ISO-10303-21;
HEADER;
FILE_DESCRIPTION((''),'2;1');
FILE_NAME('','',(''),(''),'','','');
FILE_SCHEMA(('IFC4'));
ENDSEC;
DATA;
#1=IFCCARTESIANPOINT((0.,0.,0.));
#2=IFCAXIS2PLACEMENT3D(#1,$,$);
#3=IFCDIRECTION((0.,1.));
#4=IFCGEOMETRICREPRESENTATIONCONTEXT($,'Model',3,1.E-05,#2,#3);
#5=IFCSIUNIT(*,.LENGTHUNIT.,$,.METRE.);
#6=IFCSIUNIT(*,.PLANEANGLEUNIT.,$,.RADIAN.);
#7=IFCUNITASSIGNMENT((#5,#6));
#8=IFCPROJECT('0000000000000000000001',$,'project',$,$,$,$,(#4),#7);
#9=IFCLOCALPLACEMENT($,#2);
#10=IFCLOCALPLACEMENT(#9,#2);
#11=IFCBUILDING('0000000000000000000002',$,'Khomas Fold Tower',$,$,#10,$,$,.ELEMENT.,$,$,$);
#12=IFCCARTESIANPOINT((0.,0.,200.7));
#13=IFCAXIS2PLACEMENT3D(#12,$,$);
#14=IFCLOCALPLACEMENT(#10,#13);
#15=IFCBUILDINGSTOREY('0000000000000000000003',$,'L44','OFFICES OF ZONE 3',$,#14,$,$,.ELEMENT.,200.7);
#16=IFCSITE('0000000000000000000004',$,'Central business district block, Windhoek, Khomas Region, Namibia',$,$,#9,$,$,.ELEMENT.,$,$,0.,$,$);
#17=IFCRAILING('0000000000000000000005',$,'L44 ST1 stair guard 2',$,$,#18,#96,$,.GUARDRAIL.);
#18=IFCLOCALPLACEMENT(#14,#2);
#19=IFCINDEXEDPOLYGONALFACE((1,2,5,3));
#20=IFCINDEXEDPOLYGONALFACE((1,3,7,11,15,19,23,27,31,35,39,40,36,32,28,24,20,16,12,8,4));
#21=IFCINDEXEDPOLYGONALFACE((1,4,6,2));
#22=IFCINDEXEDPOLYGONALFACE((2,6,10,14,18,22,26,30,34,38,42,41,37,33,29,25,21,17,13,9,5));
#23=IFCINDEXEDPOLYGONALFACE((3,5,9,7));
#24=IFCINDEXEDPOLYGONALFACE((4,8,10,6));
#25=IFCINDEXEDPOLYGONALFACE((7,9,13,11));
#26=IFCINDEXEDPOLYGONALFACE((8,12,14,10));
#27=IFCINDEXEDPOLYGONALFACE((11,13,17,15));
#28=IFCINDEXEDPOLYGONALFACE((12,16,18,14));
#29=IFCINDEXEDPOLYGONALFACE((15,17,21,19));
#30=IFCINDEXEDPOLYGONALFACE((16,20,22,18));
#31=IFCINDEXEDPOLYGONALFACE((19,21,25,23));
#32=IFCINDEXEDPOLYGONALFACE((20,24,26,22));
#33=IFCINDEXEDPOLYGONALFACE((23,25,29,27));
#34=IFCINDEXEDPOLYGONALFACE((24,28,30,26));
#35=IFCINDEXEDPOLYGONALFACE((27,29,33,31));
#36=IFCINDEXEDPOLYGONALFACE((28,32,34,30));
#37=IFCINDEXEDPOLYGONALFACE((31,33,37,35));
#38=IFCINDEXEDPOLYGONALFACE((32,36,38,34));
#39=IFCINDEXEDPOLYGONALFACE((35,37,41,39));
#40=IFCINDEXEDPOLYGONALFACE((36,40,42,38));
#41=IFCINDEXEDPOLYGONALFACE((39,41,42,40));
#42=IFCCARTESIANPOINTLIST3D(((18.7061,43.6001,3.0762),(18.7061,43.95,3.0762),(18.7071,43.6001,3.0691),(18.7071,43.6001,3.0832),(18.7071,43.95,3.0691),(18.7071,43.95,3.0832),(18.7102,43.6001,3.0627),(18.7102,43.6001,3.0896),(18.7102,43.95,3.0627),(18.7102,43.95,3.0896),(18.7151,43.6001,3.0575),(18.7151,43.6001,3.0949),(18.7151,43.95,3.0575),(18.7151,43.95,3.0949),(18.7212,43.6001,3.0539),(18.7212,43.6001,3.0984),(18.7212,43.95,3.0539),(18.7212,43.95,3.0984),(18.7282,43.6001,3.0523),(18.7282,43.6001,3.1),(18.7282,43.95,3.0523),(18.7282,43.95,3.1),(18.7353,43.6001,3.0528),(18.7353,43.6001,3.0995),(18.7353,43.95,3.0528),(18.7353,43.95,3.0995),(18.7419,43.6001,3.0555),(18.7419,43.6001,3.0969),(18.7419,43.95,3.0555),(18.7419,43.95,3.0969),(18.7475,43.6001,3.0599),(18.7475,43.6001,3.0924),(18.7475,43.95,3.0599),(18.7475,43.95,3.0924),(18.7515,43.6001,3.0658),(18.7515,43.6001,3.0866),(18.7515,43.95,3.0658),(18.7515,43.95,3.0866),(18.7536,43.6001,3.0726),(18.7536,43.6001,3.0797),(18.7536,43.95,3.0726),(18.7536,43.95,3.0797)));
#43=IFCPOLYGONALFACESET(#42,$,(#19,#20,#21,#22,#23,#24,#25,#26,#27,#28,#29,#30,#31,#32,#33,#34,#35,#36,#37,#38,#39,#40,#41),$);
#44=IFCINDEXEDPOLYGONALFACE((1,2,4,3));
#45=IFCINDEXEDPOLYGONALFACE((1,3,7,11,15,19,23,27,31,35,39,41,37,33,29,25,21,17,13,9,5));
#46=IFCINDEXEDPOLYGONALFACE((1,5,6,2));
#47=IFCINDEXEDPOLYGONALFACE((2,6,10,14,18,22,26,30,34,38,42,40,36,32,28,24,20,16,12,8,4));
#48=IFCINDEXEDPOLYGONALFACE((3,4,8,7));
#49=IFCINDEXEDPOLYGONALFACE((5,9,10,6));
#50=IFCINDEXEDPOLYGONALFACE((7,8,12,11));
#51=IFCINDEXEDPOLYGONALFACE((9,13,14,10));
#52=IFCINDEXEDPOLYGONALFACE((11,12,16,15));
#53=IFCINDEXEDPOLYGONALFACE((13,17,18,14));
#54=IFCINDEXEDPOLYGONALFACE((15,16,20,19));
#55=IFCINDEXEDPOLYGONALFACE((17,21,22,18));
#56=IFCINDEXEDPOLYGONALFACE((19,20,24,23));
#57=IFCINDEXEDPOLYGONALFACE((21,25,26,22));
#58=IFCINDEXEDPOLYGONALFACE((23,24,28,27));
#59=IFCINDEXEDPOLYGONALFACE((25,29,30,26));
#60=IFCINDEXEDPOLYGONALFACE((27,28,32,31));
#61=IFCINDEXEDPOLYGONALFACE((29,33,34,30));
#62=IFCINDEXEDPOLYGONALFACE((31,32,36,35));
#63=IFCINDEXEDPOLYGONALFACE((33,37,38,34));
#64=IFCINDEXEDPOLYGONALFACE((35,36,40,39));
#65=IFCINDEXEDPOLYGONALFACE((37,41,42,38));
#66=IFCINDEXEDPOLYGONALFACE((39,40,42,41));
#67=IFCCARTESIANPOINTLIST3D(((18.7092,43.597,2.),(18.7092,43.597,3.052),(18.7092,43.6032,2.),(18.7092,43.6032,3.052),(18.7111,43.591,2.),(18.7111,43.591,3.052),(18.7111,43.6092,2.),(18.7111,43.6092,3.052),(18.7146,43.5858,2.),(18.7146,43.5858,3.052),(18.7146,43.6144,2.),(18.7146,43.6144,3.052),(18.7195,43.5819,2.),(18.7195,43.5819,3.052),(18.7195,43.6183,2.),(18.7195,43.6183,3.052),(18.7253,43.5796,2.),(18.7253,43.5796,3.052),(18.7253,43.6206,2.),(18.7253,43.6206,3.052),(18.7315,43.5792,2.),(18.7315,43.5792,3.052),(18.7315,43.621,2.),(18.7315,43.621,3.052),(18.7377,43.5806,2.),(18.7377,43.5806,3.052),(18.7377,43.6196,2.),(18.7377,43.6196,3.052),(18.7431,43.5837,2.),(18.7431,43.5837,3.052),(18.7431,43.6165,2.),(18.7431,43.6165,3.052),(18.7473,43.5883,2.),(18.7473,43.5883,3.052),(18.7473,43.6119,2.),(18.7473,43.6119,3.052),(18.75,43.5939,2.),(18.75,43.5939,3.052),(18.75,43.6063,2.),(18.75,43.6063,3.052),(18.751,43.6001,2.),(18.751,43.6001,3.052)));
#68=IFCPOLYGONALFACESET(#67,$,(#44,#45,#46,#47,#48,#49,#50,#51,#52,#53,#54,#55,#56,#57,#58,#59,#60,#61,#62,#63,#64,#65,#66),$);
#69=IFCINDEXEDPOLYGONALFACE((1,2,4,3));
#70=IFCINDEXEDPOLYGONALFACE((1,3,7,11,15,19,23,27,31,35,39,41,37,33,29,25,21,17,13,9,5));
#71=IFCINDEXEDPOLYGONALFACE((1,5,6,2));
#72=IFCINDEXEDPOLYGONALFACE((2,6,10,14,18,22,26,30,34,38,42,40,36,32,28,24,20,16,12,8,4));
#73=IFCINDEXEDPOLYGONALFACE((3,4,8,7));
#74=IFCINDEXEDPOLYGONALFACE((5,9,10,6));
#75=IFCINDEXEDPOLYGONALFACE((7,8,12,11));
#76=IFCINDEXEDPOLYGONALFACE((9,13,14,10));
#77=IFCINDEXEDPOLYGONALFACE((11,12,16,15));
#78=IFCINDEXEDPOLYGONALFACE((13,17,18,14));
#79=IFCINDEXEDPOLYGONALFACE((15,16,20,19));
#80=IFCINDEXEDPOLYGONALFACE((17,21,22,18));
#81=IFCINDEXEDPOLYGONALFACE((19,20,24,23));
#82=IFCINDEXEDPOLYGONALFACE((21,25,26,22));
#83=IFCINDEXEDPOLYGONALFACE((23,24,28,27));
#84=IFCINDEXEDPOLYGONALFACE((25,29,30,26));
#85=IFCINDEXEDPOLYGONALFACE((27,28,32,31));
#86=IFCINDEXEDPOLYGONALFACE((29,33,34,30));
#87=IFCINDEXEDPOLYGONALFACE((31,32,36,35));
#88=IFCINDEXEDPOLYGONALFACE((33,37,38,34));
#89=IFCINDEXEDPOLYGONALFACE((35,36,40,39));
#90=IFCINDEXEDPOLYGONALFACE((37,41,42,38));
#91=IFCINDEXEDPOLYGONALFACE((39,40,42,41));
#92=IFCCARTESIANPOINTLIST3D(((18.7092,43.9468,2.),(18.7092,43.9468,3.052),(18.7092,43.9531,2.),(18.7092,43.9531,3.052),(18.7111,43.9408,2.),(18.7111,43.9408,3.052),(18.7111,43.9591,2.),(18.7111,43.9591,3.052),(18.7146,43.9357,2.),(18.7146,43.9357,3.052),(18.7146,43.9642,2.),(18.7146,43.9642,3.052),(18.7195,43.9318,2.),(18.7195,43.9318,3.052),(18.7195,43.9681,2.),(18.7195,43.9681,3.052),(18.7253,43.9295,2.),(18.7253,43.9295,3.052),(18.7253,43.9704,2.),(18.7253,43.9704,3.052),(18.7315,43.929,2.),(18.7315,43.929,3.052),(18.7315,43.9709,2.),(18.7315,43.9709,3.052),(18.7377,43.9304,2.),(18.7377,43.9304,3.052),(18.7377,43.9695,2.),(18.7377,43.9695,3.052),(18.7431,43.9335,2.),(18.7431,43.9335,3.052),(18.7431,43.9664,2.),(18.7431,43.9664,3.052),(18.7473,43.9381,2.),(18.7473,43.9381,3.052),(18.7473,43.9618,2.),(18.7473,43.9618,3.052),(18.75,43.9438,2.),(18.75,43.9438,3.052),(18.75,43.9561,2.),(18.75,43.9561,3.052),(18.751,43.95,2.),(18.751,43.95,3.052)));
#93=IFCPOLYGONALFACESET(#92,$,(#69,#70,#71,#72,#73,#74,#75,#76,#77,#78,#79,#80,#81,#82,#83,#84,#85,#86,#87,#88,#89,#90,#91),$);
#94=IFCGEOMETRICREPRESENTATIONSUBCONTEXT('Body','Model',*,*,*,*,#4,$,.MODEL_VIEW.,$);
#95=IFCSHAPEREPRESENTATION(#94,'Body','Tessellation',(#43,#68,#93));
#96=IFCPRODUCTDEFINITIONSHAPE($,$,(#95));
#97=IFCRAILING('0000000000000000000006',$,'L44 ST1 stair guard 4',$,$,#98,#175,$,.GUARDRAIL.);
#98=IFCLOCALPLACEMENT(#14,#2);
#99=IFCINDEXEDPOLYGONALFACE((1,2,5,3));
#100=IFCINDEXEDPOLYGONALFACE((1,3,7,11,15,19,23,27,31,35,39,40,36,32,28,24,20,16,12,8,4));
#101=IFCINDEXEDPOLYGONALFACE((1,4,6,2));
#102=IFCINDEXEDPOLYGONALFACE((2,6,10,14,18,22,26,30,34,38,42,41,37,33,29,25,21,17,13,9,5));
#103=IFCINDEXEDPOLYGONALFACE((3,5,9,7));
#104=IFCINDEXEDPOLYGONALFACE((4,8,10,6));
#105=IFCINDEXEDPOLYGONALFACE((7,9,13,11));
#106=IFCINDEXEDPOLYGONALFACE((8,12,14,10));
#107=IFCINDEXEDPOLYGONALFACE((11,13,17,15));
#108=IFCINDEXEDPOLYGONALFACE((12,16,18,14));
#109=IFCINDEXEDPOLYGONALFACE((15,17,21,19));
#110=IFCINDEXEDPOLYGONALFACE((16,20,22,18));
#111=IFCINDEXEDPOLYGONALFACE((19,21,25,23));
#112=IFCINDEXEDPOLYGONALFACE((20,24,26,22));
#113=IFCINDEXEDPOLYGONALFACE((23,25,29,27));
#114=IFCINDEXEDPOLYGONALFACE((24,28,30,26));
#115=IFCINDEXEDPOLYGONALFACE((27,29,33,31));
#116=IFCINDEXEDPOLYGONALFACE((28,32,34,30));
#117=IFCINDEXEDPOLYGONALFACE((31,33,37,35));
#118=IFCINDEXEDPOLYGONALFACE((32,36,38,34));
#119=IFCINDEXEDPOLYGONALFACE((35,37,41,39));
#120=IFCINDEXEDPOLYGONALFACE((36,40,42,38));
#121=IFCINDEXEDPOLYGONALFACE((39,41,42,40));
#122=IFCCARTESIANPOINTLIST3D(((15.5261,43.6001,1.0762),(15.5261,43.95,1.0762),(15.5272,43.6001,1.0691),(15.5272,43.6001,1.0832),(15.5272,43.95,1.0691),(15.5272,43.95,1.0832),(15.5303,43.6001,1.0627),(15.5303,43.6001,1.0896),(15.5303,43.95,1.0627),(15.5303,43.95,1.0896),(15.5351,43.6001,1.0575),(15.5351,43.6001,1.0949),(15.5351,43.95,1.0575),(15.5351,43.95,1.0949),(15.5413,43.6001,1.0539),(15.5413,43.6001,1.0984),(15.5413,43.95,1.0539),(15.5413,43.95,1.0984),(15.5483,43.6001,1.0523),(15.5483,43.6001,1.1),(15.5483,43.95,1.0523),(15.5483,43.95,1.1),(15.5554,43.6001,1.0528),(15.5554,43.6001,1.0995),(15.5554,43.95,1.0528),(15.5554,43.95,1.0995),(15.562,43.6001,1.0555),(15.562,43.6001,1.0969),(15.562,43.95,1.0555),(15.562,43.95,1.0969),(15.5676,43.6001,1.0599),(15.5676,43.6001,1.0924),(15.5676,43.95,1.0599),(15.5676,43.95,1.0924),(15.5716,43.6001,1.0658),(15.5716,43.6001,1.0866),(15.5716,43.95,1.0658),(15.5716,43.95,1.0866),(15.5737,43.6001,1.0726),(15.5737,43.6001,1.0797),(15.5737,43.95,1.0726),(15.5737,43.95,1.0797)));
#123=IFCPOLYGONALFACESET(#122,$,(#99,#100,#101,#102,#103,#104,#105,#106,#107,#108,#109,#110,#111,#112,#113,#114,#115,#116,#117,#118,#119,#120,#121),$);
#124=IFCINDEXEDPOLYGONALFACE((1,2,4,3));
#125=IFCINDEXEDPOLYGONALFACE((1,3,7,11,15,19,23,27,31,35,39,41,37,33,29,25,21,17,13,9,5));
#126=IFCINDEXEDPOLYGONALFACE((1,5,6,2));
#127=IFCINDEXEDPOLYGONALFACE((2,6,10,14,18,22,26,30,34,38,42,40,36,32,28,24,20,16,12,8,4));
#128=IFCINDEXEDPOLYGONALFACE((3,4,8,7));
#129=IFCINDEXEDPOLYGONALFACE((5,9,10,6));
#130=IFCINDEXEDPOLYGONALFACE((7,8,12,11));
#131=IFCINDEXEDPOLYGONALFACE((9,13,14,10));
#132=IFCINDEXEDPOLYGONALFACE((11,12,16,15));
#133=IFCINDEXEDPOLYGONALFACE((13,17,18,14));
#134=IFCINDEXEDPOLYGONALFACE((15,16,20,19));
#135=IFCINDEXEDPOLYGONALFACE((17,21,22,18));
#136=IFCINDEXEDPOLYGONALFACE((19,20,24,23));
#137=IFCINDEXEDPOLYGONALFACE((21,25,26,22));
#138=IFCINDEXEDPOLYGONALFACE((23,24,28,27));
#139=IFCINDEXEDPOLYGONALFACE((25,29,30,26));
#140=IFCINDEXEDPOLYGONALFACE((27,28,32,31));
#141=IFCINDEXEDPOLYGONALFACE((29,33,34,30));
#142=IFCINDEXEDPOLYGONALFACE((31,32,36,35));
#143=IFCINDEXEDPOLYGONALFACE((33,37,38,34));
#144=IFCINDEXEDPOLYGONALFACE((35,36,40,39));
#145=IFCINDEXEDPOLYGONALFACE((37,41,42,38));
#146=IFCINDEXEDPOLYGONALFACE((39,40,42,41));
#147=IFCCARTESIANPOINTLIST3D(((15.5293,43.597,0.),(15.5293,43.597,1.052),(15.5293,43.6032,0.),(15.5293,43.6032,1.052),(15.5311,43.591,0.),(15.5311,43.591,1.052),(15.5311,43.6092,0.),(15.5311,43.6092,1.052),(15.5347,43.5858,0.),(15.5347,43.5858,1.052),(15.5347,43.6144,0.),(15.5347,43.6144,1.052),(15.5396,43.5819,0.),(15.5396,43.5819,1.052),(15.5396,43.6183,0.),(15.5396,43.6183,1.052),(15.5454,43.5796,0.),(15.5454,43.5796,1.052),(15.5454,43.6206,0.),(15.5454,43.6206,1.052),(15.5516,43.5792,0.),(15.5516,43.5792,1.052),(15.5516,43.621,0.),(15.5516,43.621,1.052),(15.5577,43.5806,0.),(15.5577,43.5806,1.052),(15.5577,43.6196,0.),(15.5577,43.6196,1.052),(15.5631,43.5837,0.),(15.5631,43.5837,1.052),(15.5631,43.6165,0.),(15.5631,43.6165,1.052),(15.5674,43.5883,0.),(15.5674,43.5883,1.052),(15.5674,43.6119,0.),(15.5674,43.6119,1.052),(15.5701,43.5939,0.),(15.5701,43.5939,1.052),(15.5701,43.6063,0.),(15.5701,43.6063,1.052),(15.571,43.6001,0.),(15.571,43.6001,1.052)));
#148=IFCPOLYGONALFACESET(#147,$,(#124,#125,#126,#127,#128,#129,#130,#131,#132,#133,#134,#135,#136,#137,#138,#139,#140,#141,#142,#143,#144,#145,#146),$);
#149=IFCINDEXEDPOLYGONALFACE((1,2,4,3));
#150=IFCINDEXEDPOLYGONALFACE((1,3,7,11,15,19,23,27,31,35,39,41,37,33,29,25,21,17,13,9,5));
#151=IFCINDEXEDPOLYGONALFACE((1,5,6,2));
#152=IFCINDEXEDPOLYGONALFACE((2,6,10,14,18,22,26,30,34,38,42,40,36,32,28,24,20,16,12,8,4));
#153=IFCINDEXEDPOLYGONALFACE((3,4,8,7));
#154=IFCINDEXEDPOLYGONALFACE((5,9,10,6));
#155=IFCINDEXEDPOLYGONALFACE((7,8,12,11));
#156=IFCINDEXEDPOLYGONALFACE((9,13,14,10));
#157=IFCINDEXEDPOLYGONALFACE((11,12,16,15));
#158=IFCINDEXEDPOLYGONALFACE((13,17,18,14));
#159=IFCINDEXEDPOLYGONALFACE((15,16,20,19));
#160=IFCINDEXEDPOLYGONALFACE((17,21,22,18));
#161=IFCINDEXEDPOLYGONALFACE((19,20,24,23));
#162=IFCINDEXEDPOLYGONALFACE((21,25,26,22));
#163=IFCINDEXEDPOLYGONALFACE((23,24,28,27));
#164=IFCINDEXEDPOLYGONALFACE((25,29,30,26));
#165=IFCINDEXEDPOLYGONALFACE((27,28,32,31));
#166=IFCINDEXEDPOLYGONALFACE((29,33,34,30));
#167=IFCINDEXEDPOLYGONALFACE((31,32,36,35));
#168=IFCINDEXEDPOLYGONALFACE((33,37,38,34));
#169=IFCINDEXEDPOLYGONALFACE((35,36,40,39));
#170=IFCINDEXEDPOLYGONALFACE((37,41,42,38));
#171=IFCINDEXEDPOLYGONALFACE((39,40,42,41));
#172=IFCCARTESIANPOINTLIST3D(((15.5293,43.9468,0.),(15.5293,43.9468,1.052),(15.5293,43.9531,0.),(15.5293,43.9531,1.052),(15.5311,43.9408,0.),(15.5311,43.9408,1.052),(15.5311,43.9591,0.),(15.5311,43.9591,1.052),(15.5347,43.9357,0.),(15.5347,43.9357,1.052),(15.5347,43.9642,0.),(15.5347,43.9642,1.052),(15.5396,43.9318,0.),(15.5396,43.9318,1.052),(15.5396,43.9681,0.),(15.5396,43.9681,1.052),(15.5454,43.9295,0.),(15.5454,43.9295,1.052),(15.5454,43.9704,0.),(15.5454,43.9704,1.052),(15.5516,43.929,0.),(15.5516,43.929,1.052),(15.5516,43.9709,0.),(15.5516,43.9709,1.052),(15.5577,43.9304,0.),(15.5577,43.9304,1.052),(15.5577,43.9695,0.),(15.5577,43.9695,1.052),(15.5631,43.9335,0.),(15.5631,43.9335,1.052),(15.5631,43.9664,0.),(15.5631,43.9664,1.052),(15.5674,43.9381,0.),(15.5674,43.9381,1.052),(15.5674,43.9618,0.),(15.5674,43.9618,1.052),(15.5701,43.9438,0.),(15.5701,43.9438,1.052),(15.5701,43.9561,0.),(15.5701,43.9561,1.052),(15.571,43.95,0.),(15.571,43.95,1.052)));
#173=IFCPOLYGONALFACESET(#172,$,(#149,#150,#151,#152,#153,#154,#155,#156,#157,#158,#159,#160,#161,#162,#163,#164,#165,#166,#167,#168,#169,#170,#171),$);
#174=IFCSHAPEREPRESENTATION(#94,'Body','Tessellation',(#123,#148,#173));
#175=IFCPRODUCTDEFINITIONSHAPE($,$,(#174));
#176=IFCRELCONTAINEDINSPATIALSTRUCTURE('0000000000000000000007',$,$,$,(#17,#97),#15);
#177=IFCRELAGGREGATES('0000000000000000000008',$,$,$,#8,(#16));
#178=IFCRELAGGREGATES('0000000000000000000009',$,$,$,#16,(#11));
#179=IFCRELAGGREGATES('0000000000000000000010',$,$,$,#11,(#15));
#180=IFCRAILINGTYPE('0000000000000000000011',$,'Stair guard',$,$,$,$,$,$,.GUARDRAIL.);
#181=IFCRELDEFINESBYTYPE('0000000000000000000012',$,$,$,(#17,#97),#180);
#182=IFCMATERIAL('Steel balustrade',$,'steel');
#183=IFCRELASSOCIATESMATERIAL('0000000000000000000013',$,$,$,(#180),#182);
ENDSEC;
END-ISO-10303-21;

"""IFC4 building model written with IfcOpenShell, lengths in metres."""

from ifc_helpers import new_model, si_unit, direction, frame, origin, origin_2d, place, context, subcontext, project, spatial, circle, extrude, source, transform, mapped, material, type_object, element, save


model = new_model("IFC4")

# Units and contexts
model_context = context("Model", 3, precision=1e-05, world=origin(), true_north=direction((0.0, 1.0)))
body_context = subcontext(model_context, "Body", "Model", "MODEL_VIEW")
ifc_project = project(units=[si_unit("LENGTHUNIT", "METRE"), si_unit("PLANEANGLEUNIT", "RADIAN")], contexts=[model_context])

# Site, building, storey
site_placement = place(None, origin())
site = spatial("IfcSite", under=ifc_project, at=site_placement, Name="Central business district block, Windhoek, Khomas Region, Namibia", CompositionType="ELEMENT", RefElevation=0.0)
building_placement = place(site_placement, origin())
building = spatial("IfcBuilding", under=site, at=building_placement, Name="Khomas Fold Tower", CompositionType="ELEMENT")
storey_placement = place(building_placement, frame((0.0, 0.0, 200.7)))
storey = spatial("IfcBuildingStorey", under=building, at=storey_placement, Name="L44", Description="OFFICES OF ZONE 3", CompositionType="ELEMENT", Elevation=200.7)

# Railings
ifc_material_1 = material(Name="Steel balustrade", Category="steel")
railing_type_1 = type_object("IfcRailingType", Name="Stair guard", PredefinedType="GUARDRAIL", material=ifc_material_1)
shared_shape_1 = source(origin(), body_context, "Body", "SweptSolid", [
    extrude(circle(Radius=0.0239, at=origin_2d()), frame((0.0, 0.0, 1.0762), z_axis=(0.0, 1.0, 0.0), x_axis=(-1.0, 0.0, 0.0)), (0.0, 0.0, 1.0), 0.3499),
    extrude(circle(Radius=0.021, at=origin_2d()), origin(), (0.0, 0.0, 1.0), 1.052),
    extrude(circle(Radius=0.021, at=origin_2d()), frame((0.0, 0.3499, 0.0)), (0.0, 0.0, 1.0), 1.052),
])
for number, where, name in (
    (1, (18.73, 43.6001, 2.0), "L44 ST1 stair guard 2"),
    (2, (15.55, 43.6001, 0.0), "L44 ST1 stair guard 4"),
):
    element("IfcRailing", number, at=place(storey_placement, frame(where)), inside=storey, type_object=railing_type_1, Name=name, PredefinedType="GUARDRAIL", context=body_context, shape_type="MappedRepresentation", body=[
        mapped(shared_shape_1, transform((0.0, 0.0, 0.0))),
    ])

save(model, "model.ifc")
